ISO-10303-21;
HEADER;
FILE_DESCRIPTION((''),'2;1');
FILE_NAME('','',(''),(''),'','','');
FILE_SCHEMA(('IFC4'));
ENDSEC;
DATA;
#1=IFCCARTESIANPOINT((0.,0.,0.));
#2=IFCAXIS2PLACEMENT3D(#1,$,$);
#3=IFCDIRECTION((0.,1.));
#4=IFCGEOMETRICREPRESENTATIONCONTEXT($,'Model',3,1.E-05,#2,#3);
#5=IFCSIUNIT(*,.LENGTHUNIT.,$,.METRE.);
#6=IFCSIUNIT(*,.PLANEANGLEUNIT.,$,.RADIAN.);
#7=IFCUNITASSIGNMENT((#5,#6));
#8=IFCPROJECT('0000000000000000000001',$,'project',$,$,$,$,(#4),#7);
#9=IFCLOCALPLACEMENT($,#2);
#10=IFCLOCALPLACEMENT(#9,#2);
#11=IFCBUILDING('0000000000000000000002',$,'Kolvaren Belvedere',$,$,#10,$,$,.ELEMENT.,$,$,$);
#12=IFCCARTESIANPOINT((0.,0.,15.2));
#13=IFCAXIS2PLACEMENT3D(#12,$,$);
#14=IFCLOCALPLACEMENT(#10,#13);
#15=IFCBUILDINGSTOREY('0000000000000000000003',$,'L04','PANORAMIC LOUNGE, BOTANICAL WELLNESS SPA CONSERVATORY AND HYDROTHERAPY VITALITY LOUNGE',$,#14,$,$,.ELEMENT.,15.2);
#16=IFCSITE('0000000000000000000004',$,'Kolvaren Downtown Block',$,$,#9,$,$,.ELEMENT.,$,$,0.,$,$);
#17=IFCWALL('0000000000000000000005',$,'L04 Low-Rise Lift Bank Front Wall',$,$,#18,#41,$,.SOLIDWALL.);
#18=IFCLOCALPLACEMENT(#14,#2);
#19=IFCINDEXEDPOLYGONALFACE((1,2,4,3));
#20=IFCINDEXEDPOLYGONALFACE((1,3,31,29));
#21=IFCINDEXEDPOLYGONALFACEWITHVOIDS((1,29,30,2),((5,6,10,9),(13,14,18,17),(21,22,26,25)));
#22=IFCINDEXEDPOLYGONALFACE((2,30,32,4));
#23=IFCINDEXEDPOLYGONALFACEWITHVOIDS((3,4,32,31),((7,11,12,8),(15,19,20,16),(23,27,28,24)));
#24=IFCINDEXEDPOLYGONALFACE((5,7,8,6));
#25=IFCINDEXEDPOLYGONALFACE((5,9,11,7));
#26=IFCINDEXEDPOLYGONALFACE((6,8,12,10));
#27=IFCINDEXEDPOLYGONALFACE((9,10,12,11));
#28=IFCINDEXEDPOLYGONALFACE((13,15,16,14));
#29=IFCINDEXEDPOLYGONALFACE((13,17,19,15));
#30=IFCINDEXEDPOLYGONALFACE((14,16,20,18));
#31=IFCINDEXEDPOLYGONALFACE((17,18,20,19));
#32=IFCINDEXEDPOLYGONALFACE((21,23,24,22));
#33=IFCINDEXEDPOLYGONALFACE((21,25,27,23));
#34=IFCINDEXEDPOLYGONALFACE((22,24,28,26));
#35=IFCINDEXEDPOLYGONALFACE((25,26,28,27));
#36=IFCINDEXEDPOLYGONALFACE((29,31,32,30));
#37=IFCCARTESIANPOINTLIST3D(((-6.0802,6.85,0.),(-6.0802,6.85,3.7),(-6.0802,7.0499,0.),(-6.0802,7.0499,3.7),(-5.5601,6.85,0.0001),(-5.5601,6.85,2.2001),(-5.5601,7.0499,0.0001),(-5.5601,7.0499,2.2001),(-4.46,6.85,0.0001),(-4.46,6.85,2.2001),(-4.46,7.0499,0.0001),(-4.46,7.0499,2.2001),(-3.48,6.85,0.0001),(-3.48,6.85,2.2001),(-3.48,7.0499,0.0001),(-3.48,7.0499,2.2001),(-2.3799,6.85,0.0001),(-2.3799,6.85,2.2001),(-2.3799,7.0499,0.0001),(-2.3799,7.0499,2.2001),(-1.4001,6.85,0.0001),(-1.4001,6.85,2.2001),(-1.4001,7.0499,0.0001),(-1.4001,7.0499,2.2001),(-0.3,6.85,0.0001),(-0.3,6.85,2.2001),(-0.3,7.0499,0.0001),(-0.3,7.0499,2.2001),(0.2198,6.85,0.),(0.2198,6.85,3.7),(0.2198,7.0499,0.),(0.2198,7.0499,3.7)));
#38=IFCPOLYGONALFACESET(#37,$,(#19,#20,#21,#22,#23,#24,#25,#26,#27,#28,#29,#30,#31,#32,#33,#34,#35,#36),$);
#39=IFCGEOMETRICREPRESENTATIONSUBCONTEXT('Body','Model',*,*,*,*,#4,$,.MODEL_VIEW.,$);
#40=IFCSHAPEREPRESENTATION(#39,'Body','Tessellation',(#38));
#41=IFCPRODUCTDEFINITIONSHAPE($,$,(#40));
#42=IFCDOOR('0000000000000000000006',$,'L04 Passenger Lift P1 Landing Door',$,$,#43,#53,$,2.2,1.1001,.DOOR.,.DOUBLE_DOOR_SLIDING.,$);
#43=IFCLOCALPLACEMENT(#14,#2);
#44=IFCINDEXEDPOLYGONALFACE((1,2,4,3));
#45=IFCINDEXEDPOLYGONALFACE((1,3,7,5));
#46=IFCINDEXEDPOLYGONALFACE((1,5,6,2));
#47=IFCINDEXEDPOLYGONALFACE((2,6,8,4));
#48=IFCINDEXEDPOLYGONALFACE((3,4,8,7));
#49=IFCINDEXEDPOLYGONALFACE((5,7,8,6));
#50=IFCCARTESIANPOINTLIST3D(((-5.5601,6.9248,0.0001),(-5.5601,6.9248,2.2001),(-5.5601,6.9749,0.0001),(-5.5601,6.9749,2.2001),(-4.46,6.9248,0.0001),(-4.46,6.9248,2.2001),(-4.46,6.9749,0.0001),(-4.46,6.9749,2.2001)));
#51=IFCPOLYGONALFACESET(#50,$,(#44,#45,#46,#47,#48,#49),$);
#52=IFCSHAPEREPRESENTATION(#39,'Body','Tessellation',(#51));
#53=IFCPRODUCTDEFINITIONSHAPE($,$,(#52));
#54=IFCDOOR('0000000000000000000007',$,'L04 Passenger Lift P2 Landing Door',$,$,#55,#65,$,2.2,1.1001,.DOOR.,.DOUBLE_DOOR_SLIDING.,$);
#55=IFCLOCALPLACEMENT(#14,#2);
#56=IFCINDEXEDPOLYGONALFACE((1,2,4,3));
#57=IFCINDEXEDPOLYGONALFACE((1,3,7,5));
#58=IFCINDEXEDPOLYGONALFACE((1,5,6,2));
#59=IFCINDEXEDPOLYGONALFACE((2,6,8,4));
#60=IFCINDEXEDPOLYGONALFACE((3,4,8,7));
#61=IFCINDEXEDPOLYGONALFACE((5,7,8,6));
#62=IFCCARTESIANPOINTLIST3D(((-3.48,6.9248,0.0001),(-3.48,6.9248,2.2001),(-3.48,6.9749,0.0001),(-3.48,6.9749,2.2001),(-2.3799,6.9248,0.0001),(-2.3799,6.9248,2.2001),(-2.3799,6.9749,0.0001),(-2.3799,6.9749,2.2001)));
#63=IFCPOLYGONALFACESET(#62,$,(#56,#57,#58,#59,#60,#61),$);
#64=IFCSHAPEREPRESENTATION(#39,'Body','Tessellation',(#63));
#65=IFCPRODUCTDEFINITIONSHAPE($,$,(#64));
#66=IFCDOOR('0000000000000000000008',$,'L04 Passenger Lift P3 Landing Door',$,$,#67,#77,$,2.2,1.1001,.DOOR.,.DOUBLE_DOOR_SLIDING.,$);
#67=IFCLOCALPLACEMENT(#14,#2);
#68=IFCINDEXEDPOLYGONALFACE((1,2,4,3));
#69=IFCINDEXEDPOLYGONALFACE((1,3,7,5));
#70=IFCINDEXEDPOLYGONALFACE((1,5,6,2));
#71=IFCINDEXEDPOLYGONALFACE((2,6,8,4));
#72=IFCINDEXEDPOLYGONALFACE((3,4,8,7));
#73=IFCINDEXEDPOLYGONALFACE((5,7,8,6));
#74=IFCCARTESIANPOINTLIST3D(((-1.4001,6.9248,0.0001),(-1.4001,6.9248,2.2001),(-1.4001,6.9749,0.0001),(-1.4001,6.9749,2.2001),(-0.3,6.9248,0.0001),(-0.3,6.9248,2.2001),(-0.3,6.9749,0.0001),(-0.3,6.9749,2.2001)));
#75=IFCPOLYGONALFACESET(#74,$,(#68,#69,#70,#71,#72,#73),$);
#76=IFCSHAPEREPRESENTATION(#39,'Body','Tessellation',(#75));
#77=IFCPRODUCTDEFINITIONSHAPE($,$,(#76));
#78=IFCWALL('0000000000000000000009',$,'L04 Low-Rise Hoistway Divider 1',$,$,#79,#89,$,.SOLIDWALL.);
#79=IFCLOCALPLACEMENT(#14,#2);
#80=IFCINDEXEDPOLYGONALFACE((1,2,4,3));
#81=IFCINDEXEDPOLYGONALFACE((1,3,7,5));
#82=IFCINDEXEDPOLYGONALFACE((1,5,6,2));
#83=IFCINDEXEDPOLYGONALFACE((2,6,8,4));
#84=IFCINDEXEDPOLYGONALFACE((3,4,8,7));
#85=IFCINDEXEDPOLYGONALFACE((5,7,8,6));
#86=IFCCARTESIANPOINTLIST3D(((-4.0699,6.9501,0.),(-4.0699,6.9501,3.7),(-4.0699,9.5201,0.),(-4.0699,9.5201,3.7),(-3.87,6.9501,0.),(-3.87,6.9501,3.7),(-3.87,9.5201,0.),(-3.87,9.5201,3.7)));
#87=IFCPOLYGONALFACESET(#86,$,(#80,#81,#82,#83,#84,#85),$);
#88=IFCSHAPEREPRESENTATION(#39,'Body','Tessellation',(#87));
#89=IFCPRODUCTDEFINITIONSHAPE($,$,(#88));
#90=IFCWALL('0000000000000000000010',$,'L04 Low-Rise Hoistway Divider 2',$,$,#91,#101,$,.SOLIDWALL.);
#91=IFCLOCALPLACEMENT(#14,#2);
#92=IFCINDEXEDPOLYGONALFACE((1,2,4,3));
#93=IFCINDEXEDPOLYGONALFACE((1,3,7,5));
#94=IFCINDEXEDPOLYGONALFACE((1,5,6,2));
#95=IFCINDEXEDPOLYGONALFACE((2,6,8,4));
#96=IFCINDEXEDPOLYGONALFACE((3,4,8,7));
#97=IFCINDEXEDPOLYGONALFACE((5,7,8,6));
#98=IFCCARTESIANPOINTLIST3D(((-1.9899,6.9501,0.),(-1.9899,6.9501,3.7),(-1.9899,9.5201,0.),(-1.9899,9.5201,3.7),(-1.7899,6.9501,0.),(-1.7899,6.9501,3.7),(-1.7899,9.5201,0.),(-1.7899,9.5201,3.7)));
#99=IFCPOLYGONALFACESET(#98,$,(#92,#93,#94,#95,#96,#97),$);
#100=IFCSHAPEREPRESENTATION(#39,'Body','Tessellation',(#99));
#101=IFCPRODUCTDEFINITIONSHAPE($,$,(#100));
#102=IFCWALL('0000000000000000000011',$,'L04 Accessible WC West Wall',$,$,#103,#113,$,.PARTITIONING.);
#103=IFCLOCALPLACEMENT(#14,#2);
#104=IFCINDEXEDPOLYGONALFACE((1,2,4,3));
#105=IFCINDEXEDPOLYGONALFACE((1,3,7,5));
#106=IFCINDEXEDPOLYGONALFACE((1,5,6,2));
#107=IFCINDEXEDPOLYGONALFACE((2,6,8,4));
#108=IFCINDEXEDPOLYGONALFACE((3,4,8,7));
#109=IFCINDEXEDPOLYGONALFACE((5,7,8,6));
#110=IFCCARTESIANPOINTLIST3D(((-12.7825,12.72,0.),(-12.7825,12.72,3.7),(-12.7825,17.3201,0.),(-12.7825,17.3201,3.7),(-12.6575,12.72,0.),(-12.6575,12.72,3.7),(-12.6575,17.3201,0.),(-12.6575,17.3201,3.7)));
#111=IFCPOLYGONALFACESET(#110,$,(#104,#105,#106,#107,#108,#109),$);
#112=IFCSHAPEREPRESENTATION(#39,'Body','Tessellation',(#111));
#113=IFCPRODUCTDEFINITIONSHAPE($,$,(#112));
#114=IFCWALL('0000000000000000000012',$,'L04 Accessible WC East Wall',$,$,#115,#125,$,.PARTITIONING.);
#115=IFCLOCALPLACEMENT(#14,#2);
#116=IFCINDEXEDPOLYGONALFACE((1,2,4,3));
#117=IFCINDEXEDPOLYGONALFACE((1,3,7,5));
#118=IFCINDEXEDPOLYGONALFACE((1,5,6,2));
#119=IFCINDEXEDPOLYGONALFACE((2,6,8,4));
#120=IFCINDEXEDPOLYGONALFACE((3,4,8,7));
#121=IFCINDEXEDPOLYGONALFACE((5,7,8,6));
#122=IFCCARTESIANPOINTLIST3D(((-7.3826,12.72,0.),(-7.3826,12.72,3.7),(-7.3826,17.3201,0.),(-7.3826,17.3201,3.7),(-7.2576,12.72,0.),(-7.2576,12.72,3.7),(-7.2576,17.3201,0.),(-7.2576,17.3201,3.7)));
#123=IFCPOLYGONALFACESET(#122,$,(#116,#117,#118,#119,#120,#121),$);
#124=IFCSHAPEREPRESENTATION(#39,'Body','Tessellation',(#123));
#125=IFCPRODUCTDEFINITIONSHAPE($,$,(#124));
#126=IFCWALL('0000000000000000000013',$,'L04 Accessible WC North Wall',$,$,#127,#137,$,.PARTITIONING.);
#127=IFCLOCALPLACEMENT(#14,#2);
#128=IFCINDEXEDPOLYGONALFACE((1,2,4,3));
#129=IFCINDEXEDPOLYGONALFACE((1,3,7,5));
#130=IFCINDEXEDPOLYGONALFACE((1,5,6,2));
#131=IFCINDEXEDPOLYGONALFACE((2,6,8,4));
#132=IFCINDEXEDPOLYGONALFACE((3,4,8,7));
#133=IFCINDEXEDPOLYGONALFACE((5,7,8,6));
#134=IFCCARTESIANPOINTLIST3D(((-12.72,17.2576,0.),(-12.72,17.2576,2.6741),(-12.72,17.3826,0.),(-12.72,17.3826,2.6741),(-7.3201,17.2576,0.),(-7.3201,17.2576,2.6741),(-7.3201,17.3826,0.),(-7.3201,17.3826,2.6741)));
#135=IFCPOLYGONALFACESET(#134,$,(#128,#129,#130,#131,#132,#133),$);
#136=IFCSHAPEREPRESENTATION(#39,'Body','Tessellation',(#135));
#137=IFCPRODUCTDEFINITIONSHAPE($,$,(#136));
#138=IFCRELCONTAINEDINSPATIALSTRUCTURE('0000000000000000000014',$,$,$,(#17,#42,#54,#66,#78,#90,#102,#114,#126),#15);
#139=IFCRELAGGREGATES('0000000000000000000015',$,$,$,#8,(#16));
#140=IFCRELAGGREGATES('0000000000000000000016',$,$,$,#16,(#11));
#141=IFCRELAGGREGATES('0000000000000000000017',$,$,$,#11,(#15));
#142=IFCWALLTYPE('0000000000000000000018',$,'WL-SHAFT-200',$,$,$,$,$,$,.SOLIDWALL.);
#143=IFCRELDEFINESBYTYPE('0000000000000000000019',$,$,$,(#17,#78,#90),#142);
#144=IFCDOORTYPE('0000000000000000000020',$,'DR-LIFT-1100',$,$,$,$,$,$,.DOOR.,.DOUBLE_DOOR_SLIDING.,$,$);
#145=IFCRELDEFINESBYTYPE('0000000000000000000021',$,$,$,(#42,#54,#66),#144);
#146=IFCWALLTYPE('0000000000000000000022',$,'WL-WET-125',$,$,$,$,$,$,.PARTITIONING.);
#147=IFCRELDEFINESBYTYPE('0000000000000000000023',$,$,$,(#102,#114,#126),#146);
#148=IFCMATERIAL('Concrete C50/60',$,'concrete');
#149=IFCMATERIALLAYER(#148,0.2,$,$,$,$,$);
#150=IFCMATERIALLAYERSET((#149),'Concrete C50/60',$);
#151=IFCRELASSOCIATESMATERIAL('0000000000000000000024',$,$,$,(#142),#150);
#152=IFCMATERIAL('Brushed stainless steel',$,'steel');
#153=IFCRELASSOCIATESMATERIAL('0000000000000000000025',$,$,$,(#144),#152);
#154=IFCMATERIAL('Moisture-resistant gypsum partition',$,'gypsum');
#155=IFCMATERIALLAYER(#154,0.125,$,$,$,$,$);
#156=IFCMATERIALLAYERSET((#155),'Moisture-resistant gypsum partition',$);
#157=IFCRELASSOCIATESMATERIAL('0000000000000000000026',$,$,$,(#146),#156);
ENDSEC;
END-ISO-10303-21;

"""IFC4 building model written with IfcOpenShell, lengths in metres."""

from ifc_helpers import new_model, si_unit, direction, frame, frame_2d, origin, place, context, subcontext, project, spatial, rectangle, extrude, material, layer, layer_set, type_object, element, fill, save


model = new_model("IFC4")

# Units and contexts
model_context = context("Model", 3, precision=1e-05, world=origin(), true_north=direction((0.0, 1.0)))
body_context = subcontext(model_context, "Body", "Model", "MODEL_VIEW")
ifc_project = project(units=[si_unit("LENGTHUNIT", "METRE"), si_unit("PLANEANGLEUNIT", "RADIAN")], contexts=[model_context])

# Site, building, storey
site_placement = place(None, origin())
site = spatial("IfcSite", under=ifc_project, at=site_placement, Name="Kolvaren Downtown Block", CompositionType="ELEMENT", RefElevation=0.0)
building_placement = place(site_placement, origin())
building = spatial("IfcBuilding", under=site, at=building_placement, Name="Kolvaren Belvedere", CompositionType="ELEMENT")
storey_placement = place(building_placement, frame((0.0, 0.0, 15.2)))
storey = spatial("IfcBuildingStorey", under=building, at=storey_placement, Name="L04", Description="PANORAMIC LOUNGE, BOTANICAL WELLNESS SPA CONSERVATORY AND HYDROTHERAPY VITALITY LOUNGE", CompositionType="ELEMENT", Elevation=15.2)

# Wall, openings, doors
ifc_material_1 = material(Name="Concrete C50/60", Category="concrete")
ifc_layer_1 = layer(ifc_material_1, 0.2)
ifc_layer_set_1 = layer_set([ifc_layer_1], Name="Concrete C50/60")
wall_type_1 = type_object("IfcWallType", Name="WL-SHAFT-200", PredefinedType="SOLIDWALL", material=ifc_layer_set_1)
wall_1_placement = place(storey_placement, frame((-6.0801, 6.95, 0.0), z_axis=(0.0, 0.0, 1.0), x_axis=(1.0, 0.0, 0.0)))
wall_1 = element("IfcWall", 1, at=wall_1_placement, inside=storey, type_object=wall_type_1, Name="L04 Low-Rise Lift Bank Front Wall", PredefinedType="SOLIDWALL", context=body_context, shape_type="SweptSolid", body=[
    extrude(rectangle(XDim=6.3, YDim=0.2, at=frame_2d((3.1499, 0.0))), origin(), (0.0, 0.0, 1.0), 3.7),
])
opening_1_placement = place(wall_1_placement, frame((0.52, 0.0, 0.0)))
opening_1 = element("IfcOpeningElement", 2, at=opening_1_placement, cuts=wall_1, PredefinedType="OPENING", context=body_context, shape_type="SweptSolid", body=[
    extrude(rectangle(XDim=1.1001, YDim=2.2, at=frame_2d((0.55, 1.1001))), frame((0.0, 0.1099, 0.0), z_axis=(0.0, -1.0, 0.0), x_axis=(1.0, 0.0, 0.0)), (0.0, 0.0, 1.0), 0.22),
])
opening_2_placement = place(wall_1_placement, frame((2.6001, 0.0, 0.0)))
opening_2 = element("IfcOpeningElement", 3, at=opening_2_placement, cuts=wall_1, PredefinedType="OPENING", context=body_context, shape_type="SweptSolid", body=[
    extrude(rectangle(XDim=1.1001, YDim=2.2, at=frame_2d((0.55, 1.1001))), frame((0.0, 0.1099, 0.0), z_axis=(0.0, -1.0, 0.0), x_axis=(1.0, 0.0, 0.0)), (0.0, 0.0, 1.0), 0.22),
])
opening_3_placement = place(wall_1_placement, frame((4.6799, 0.0, 0.0)))
opening_3 = element("IfcOpeningElement", 4, at=opening_3_placement, cuts=wall_1, PredefinedType="OPENING", context=body_context, shape_type="SweptSolid", body=[
    extrude(rectangle(XDim=1.1001, YDim=2.2, at=frame_2d((0.55, 1.1001))), frame((0.0, 0.1099, 0.0), z_axis=(0.0, -1.0, 0.0), x_axis=(1.0, 0.0, 0.0)), (0.0, 0.0, 1.0), 0.22),
])
ifc_material_2 = material(Name="Brushed stainless steel", Category="steel")
door_type_1 = type_object("IfcDoorType", Name="DR-LIFT-1100", OperationType="DOUBLE_DOOR_SLIDING", PredefinedType="DOOR", material=ifc_material_2)
door_1_placement = place(opening_1_placement, origin())
door_1 = element("IfcDoor", 5, at=door_1_placement, inside=storey, type_object=door_type_1, Name="L04 Passenger Lift P1 Landing Door", OperationType="DOUBLE_DOOR_SLIDING", OverallHeight=2.2, OverallWidth=1.1001, PredefinedType="DOOR", context=body_context, shape_type="SweptSolid", body=[
    extrude(rectangle(XDim=1.1001, YDim=2.2, at=frame_2d((0.55, 1.1001))), frame((0.0, 0.0249, 0.0), z_axis=(0.0, -1.0, 0.0), x_axis=(1.0, 0.0, 0.0)), (0.0, 0.0, 1.0), 0.05),
])
fill(opening_1, door_1)
door_2_placement = place(opening_2_placement, origin())
door_2 = element("IfcDoor", 6, at=door_2_placement, inside=storey, type_object=door_type_1, Name="L04 Passenger Lift P2 Landing Door", OperationType="DOUBLE_DOOR_SLIDING", OverallHeight=2.2, OverallWidth=1.1001, PredefinedType="DOOR", context=body_context, shape_type="SweptSolid", body=[
    extrude(rectangle(XDim=1.1001, YDim=2.2, at=frame_2d((0.55, 1.1001))), frame((0.0, 0.0249, 0.0), z_axis=(0.0, -1.0, 0.0), x_axis=(1.0, 0.0, 0.0)), (0.0, 0.0, 1.0), 0.05),
])
fill(opening_2, door_2)
door_3_placement = place(opening_3_placement, origin())
door_3 = element("IfcDoor", 7, at=door_3_placement, inside=storey, type_object=door_type_1, Name="L04 Passenger Lift P3 Landing Door", OperationType="DOUBLE_DOOR_SLIDING", OverallHeight=2.2, OverallWidth=1.1001, PredefinedType="DOOR", context=body_context, shape_type="SweptSolid", body=[
    extrude(rectangle(XDim=1.1001, YDim=2.2, at=frame_2d((0.55, 1.1001))), frame((0.0, 0.0249, 0.0), z_axis=(0.0, -1.0, 0.0), x_axis=(1.0, 0.0, 0.0)), (0.0, 0.0, 1.0), 0.05),
])
fill(opening_3, door_3)

# Walls
for number, where, z_axis, x_axis, name in (
    (8, (-3.97, 6.95, 0.0), (0.0, 0.0, 1.0), (0.0, 1.0, 0.0), "L04 Low-Rise Hoistway Divider 1"),
    (9, (-1.8899, 6.95, 0.0), (0.0, 0.0, 1.0), (0.0, 1.0, 0.0), "L04 Low-Rise Hoistway Divider 2"),
):
    element("IfcWall", number, at=place(storey_placement, frame(where, z_axis=z_axis, x_axis=x_axis)), inside=storey, type_object=wall_type_1, Name=name, PredefinedType="SOLIDWALL", context=body_context, shape_type="SweptSolid", body=[
        extrude(rectangle(XDim=2.5701, YDim=0.2, at=frame_2d((1.2852, 0.0))), origin(), (0.0, 0.0, 1.0), 3.7),
    ])
ifc_material_3 = material(Name="Moisture-resistant gypsum partition", Category="gypsum")
ifc_layer_2 = layer(ifc_material_3, 0.125)
ifc_layer_set_2 = layer_set([ifc_layer_2], Name="Moisture-resistant gypsum partition")
wall_type_2 = type_object("IfcWallType", Name="WL-WET-125", PredefinedType="PARTITIONING", material=ifc_layer_set_2)
for number, where, z_axis, x_axis, name in (
    (10, (-12.72, 12.72, 0.0), (0.0, 0.0, 1.0), (0.0, 1.0, 0.0), "L04 Accessible WC West Wall"),
    (11, (-7.3201, 12.72, 0.0), (0.0, 0.0, 1.0), (0.0, 1.0, 0.0), "L04 Accessible WC East Wall"),
):
    element("IfcWall", number, at=place(storey_placement, frame(where, z_axis=z_axis, x_axis=x_axis)), inside=storey, type_object=wall_type_2, Name=name, PredefinedType="PARTITIONING", context=body_context, shape_type="SweptSolid", body=[
        extrude(rectangle(XDim=4.6001, YDim=0.125, at=frame_2d((2.3, 0.0))), origin(), (0.0, 0.0, 1.0), 3.7),
    ])
wall_2_placement = place(storey_placement, frame((-12.72, 17.3201, 0.0), z_axis=(0.0, 0.0, 1.0), x_axis=(1.0, 0.0, 0.0)))
element("IfcWall", 12, at=wall_2_placement, inside=storey, type_object=wall_type_2, Name="L04 Accessible WC North Wall", PredefinedType="PARTITIONING", context=body_context, shape_type="SweptSolid", body=[
    extrude(rectangle(XDim=5.3999, YDim=0.125, at=frame_2d((2.7, 0.0))), origin(), (0.0, 0.0, 1.0), 2.6741),
])

save(model, "model.ifc")
